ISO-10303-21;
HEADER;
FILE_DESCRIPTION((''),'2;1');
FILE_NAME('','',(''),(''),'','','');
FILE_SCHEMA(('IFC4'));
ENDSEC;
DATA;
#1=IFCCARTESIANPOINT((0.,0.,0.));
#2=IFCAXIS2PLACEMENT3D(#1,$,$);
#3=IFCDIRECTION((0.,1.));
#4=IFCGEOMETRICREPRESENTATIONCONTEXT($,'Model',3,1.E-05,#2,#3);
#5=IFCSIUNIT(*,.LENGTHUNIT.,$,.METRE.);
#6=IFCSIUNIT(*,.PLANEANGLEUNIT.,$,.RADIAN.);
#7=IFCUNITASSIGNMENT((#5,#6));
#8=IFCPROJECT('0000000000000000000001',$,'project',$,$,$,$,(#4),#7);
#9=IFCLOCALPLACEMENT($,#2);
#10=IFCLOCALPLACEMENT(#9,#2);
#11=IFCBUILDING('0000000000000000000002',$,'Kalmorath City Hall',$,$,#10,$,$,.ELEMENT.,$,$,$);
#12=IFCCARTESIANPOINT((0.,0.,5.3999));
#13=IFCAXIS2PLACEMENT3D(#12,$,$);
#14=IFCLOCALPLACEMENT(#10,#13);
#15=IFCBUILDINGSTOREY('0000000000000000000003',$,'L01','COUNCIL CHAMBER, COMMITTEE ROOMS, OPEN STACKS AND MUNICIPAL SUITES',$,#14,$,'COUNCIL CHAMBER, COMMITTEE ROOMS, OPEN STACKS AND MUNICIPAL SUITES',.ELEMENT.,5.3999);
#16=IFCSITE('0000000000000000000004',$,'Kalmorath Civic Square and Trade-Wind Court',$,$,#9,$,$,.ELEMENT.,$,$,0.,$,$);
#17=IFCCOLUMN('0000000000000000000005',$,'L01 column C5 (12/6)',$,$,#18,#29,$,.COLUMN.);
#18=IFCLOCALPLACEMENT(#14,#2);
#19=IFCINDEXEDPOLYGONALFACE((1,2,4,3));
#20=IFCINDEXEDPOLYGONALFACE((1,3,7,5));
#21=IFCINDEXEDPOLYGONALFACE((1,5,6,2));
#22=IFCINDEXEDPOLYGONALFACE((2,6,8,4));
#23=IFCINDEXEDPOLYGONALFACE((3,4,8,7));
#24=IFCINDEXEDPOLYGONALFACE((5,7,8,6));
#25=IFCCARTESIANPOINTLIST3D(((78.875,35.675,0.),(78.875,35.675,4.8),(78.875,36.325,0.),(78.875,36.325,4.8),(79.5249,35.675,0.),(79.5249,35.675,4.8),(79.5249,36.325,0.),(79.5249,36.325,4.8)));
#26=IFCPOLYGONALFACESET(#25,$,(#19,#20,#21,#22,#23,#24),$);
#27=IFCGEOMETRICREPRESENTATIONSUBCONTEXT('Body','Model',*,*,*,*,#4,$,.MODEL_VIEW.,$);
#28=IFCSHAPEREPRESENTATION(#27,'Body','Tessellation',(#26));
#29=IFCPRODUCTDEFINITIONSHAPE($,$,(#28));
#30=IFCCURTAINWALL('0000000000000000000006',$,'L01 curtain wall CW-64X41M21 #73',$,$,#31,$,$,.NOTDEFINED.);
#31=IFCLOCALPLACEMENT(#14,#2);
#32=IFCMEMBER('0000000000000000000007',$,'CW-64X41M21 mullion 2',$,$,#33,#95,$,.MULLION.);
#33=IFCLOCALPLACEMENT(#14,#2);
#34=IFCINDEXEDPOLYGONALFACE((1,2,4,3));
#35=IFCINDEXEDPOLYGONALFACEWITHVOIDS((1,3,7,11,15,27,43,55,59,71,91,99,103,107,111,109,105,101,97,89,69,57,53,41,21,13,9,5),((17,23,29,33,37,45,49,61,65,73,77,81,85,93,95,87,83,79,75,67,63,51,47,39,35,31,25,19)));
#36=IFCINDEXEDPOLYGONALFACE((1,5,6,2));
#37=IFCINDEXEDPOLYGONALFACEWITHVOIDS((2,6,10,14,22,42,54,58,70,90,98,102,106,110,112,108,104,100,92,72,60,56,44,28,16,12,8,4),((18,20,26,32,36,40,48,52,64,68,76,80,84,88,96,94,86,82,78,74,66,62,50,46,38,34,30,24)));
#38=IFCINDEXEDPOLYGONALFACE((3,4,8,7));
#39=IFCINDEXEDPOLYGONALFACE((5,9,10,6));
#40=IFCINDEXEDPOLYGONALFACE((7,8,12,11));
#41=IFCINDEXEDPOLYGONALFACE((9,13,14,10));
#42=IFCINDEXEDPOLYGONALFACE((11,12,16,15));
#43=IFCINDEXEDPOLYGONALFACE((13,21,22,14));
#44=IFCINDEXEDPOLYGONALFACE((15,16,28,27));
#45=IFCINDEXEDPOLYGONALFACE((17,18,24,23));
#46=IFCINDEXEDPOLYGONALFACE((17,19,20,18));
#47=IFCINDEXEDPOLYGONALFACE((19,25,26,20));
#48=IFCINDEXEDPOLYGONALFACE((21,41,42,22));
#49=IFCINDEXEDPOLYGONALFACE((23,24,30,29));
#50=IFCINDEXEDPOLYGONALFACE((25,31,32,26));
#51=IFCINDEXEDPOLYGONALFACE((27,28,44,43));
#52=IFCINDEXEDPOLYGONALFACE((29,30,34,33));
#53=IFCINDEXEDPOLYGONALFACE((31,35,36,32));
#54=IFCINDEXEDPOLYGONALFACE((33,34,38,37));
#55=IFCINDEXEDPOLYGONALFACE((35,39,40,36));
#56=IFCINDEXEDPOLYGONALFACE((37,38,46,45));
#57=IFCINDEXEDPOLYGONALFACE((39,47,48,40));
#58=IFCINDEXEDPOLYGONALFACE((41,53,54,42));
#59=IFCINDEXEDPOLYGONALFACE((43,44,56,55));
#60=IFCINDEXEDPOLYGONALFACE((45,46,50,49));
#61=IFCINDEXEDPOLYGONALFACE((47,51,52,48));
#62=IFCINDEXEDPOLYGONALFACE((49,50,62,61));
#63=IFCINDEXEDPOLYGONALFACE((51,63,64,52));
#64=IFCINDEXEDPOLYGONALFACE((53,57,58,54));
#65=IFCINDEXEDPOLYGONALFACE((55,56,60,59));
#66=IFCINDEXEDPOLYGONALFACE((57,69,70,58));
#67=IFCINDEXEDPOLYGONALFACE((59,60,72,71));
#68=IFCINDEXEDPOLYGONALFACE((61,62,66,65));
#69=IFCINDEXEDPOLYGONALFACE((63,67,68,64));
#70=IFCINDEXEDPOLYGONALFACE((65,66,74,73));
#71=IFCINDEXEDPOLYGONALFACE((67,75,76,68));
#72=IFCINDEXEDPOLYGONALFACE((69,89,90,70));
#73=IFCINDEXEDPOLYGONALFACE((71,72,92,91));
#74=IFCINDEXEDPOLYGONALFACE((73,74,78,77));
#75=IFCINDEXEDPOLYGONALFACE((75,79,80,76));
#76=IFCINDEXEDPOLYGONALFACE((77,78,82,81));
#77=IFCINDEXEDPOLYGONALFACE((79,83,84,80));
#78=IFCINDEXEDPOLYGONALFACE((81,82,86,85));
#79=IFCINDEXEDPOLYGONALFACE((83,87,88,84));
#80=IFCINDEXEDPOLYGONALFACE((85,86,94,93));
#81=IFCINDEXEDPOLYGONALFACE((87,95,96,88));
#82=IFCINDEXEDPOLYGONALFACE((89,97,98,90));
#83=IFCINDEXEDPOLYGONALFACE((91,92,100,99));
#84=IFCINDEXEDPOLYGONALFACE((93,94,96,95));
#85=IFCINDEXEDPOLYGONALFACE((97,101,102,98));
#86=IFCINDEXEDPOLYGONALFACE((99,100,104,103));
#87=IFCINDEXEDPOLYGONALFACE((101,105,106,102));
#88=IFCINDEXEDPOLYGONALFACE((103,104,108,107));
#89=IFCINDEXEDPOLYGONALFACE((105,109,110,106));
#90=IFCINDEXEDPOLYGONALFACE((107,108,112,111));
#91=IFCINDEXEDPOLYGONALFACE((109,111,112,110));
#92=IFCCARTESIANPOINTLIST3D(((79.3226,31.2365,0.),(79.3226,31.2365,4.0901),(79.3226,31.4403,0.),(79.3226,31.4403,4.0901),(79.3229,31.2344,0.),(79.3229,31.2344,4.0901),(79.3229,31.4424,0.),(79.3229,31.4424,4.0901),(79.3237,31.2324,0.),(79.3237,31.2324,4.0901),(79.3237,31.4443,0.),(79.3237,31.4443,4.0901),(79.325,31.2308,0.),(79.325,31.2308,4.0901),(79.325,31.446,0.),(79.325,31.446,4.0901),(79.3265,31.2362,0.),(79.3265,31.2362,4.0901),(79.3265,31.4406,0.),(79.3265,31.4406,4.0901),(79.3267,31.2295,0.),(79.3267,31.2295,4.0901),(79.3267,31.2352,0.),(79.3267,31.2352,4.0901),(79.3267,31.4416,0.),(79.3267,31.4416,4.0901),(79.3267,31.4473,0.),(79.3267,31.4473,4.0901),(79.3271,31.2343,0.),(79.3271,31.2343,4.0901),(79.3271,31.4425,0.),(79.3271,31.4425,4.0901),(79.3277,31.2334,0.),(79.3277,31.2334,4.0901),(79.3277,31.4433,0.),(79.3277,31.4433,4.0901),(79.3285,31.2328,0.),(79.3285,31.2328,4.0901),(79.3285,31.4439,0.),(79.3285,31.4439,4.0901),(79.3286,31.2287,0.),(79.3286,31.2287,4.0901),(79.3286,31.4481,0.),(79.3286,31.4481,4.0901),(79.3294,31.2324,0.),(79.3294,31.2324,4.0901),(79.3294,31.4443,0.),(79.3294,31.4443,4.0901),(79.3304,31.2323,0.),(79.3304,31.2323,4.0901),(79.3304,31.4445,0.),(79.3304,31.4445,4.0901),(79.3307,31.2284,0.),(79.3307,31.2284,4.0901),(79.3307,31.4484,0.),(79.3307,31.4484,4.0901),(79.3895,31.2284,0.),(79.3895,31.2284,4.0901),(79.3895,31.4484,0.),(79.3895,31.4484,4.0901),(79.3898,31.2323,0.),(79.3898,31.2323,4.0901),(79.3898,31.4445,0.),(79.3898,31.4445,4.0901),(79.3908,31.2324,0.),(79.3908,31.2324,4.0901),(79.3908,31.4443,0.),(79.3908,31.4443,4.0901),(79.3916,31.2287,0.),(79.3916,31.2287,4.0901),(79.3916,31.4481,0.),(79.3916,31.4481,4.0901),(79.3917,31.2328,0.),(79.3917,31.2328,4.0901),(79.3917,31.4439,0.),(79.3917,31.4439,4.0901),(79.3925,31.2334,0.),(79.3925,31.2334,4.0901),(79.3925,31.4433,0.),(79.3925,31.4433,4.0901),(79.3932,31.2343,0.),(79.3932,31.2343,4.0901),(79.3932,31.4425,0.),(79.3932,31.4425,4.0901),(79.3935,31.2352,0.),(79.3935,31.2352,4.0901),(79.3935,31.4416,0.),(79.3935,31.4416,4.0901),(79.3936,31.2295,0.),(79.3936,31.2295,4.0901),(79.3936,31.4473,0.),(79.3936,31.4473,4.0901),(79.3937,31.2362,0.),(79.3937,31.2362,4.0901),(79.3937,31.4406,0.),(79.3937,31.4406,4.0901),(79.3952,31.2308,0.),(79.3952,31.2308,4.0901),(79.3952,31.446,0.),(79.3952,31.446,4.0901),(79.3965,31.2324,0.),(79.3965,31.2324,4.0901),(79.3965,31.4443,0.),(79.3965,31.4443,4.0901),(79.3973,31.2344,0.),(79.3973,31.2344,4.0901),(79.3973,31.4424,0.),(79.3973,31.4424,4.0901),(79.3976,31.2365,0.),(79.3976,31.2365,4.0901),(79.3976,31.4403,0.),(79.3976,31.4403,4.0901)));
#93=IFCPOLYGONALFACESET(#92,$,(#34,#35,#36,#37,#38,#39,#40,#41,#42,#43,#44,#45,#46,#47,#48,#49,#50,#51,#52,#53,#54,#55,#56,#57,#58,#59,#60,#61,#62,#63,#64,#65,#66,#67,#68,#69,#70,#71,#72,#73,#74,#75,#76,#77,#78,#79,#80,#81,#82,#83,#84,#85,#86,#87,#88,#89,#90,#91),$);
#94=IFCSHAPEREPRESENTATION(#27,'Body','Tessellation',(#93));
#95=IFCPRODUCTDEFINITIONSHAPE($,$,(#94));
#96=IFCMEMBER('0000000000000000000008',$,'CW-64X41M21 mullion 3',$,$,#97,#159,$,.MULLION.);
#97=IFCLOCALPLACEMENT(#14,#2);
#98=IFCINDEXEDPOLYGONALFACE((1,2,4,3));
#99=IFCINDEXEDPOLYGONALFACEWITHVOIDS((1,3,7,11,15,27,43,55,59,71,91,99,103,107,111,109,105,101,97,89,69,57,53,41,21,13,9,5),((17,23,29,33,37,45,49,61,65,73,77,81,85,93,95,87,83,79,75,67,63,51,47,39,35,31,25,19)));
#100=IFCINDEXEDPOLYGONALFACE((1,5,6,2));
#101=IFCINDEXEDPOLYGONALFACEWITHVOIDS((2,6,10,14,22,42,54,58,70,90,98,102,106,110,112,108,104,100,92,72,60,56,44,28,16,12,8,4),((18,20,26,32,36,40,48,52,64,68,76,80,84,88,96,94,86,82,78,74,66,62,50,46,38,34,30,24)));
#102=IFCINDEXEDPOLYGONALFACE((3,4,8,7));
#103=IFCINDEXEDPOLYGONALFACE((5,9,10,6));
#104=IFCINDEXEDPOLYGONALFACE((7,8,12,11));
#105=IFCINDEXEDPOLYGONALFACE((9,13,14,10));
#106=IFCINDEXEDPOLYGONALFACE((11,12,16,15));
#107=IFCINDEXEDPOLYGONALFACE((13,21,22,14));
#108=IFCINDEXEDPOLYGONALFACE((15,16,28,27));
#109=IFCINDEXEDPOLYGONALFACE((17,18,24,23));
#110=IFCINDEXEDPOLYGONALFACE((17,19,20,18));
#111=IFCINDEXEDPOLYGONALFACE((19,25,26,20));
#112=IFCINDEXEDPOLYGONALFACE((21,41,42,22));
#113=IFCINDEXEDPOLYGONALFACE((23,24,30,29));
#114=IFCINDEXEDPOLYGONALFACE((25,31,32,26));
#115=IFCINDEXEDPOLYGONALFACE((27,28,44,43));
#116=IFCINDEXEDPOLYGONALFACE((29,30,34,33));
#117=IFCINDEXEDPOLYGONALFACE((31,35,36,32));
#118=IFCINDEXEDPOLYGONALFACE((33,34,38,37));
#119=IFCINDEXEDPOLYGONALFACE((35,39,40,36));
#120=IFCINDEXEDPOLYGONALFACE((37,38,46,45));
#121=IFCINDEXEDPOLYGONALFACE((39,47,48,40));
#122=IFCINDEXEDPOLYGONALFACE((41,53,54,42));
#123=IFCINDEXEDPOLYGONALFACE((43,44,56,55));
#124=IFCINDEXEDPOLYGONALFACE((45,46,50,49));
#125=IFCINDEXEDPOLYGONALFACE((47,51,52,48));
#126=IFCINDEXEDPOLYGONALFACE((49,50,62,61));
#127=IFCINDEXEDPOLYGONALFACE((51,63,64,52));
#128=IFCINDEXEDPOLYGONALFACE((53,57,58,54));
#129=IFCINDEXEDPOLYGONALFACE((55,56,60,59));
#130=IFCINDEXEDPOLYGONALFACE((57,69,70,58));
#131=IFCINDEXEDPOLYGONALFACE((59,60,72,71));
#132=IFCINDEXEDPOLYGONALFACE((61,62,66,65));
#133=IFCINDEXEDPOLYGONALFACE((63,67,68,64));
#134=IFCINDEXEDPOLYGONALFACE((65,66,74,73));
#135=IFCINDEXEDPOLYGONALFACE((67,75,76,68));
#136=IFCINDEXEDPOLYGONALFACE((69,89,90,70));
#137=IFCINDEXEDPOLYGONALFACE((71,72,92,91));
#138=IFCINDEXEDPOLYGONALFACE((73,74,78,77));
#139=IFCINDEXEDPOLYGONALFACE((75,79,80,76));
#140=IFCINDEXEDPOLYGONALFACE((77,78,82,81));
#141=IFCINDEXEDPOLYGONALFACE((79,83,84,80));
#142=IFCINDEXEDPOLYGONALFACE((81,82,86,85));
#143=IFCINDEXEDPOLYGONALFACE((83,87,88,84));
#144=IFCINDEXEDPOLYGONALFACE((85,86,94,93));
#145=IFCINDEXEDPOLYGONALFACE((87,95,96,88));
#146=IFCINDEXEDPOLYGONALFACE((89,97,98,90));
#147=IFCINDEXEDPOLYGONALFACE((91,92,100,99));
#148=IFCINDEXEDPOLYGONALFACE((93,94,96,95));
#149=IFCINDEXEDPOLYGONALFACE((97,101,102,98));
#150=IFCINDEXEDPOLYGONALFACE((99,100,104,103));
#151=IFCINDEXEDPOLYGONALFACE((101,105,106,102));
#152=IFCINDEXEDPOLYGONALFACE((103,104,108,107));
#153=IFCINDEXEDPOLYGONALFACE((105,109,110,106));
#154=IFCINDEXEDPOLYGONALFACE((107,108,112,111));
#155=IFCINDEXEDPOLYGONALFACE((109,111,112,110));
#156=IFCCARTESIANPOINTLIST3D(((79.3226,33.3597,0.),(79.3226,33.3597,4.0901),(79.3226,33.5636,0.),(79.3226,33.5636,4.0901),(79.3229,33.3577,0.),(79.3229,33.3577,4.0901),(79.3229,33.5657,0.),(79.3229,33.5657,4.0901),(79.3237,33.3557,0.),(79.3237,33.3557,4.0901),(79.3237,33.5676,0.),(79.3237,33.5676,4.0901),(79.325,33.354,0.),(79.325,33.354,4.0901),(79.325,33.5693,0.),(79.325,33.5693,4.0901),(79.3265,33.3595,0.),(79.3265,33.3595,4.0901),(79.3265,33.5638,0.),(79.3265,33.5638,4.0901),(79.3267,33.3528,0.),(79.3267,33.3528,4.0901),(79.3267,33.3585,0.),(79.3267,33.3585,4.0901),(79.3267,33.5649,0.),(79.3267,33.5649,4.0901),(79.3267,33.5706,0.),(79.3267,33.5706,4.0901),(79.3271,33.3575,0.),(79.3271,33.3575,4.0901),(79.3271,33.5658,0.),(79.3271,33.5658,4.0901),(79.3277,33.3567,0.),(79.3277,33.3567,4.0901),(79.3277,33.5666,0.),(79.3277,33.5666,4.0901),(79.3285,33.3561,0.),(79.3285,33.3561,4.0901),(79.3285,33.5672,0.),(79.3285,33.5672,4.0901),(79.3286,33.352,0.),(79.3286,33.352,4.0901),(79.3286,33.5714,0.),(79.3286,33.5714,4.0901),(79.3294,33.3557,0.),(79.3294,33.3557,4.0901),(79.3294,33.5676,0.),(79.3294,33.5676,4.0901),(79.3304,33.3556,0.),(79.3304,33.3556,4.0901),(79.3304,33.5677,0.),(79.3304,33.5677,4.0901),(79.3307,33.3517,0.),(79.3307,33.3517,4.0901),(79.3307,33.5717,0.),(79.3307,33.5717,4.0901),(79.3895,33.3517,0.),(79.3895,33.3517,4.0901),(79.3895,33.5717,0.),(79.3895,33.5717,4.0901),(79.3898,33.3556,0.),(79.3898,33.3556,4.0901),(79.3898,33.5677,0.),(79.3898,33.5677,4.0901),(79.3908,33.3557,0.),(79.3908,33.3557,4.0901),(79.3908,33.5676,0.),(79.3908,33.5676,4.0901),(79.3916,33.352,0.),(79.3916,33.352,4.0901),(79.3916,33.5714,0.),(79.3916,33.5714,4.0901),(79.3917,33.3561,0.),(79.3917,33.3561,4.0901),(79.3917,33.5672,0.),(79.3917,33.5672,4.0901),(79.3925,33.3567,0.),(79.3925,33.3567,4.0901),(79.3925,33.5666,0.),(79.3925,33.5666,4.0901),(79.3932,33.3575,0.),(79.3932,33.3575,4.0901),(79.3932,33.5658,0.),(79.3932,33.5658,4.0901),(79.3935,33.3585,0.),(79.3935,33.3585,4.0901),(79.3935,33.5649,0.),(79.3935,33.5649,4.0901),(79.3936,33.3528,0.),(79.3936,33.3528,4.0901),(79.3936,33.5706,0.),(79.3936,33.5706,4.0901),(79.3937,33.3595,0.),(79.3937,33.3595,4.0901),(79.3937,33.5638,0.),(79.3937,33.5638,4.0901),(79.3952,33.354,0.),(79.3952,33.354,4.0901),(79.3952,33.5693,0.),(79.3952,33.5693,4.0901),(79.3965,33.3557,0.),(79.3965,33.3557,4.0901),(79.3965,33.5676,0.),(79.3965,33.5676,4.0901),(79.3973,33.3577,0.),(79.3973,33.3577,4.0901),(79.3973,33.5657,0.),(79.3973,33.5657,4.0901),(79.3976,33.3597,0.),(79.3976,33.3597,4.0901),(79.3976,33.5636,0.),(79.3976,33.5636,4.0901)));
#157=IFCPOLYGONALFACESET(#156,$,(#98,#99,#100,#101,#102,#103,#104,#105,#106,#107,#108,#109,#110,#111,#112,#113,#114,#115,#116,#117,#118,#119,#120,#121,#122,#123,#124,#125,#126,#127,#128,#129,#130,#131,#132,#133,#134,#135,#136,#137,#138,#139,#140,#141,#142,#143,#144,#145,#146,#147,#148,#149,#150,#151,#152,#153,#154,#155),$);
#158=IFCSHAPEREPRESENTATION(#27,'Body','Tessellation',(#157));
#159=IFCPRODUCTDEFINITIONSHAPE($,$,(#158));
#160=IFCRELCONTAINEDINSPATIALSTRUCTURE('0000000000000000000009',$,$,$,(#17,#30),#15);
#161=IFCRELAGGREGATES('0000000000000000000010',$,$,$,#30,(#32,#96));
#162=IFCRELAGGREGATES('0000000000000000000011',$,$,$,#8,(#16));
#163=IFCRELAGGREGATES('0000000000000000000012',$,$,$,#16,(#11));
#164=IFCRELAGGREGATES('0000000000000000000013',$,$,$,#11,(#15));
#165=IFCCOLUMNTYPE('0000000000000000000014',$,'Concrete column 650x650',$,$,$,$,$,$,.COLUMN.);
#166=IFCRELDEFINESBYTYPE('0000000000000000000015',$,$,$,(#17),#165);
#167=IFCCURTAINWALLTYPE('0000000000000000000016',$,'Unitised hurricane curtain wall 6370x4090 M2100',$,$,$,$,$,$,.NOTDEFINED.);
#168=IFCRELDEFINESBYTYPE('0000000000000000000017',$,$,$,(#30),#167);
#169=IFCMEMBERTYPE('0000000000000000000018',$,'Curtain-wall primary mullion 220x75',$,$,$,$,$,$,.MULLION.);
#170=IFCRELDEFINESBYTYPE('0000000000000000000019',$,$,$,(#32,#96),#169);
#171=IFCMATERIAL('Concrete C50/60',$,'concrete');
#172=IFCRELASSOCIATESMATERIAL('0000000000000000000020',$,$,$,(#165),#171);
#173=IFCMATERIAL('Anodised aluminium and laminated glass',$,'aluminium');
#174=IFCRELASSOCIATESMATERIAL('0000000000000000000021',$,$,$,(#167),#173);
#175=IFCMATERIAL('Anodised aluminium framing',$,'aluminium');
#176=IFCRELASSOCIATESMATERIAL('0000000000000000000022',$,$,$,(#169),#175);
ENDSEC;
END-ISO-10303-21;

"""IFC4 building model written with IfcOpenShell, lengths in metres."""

from ifc_helpers import new_model, si_unit, direction, frame, origin, origin_2d, place, context, subcontext, project, spatial, rectangle, hollow_rectangle, extrude, material, material_profile, profile_set, type_object, element, aggregate, save


model = new_model("IFC4")

# Units and contexts
model_context = context("Model", 3, precision=1e-05, world=origin(), true_north=direction((0.0, 1.0)))
body_context = subcontext(model_context, "Body", "Model", "MODEL_VIEW")
ifc_project = project(units=[si_unit("LENGTHUNIT", "METRE"), si_unit("PLANEANGLEUNIT", "RADIAN")], contexts=[model_context])

# Site, building, storey
site_placement = place(None, origin())
site = spatial("IfcSite", under=ifc_project, at=site_placement, Name="Kalmorath Civic Square and Trade-Wind Court", CompositionType="ELEMENT", RefElevation=0.0)
building_placement = place(site_placement, origin())
building = spatial("IfcBuilding", under=site, at=building_placement, Name="Kalmorath City Hall", CompositionType="ELEMENT")
storey_placement = place(building_placement, frame((0.0, 0.0, 5.3999)))
storey = spatial("IfcBuildingStorey", under=building, at=storey_placement, Name="L01", Description="COUNCIL CHAMBER, COMMITTEE ROOMS, OPEN STACKS AND MUNICIPAL SUITES", LongName="COUNCIL CHAMBER, COMMITTEE ROOMS, OPEN STACKS AND MUNICIPAL SUITES", CompositionType="ELEMENT", Elevation=5.3999)

# Column
ifc_material_1 = material(Name="Concrete C50/60", Category="concrete")
ifc_material_profile_1 = material_profile(ifc_material_1, rectangle(XDim=0.6499, YDim=0.6499, at=origin_2d()), Name="RC-COL-650X650")
ifc_profile_set_1 = profile_set([ifc_material_profile_1], Name="Concrete C50/60")
column_type = type_object("IfcColumnType", Name="Concrete column 650x650", PredefinedType="COLUMN", material=ifc_profile_set_1)
column_placement = place(storey_placement, frame((79.2, 36.0, 0.0), z_axis=(0.0, 0.0, 1.0), x_axis=(1.0, 0.0, 0.0)))
element("IfcColumn", 1, at=column_placement, inside=storey, type_object=column_type, Name="L01 column C5 (12/6)", PredefinedType="COLUMN", context=body_context, shape_type="SweptSolid", body=[
    extrude(rectangle(XDim=0.6499, YDim=0.6499, at=origin_2d()), origin(), (0.0, 0.0, 1.0), 4.8),
])

# Curtain wall, members
ifc_material_2 = material(Name="Anodised aluminium and laminated glass", Category="aluminium")
curtain_wall_type_1 = type_object("IfcCurtainWallType", Name="Unitised hurricane curtain wall 6370x4090 M2100", PredefinedType="NOTDEFINED", material=ifc_material_2)
curtain_wall_1_placement = place(storey_placement, origin())
curtain_wall_1 = element("IfcCurtainWall", 2, at=curtain_wall_1_placement, inside=storey, type_object=curtain_wall_type_1, Name="L01 curtain wall CW-64X41M21 #73", PredefinedType="NOTDEFINED")
ifc_material_3 = material(Name="Anodised aluminium framing", Category="aluminium")
ifc_material_profile_2 = material_profile(ifc_material_3, hollow_rectangle(XDim=0.075, YDim=0.22, WallThickness=0.0039, InnerFilletRadius=0.0039, OuterFilletRadius=0.0081, at=origin_2d()), Name="ALU-MUL-220X75X4")
ifc_profile_set_2 = profile_set([ifc_material_profile_2], Name="Anodised aluminium framing")
member_type_1 = type_object("IfcMemberType", Name="Curtain-wall primary mullion 220x75", PredefinedType="MULLION", material=ifc_profile_set_2)
member_1_placement = place(storey_placement, frame((79.3601, 31.3384, 0.0), z_axis=(0.0, 0.0, 1.0), x_axis=(-1.0, 0.0, 0.0)))
member_1 = element("IfcMember", 3, at=member_1_placement, type_object=member_type_1, Name="CW-64X41M21 mullion 2", PredefinedType="MULLION", context=body_context, shape_type="SweptSolid", body=[
    extrude(hollow_rectangle(XDim=0.075, YDim=0.22, WallThickness=0.0039, InnerFilletRadius=0.0039, OuterFilletRadius=0.0081, at=origin_2d()), origin(), (0.0, 0.0, 1.0), 4.0901),
])
member_2_placement = place(storey_placement, frame((79.3601, 33.4617, 0.0), z_axis=(0.0, 0.0, 1.0), x_axis=(-1.0, 0.0, 0.0)))
member_2 = element("IfcMember", 4, at=member_2_placement, type_object=member_type_1, Name="CW-64X41M21 mullion 3", PredefinedType="MULLION", context=body_context, shape_type="SweptSolid", body=[
    extrude(hollow_rectangle(XDim=0.075, YDim=0.22, WallThickness=0.0039, InnerFilletRadius=0.0039, OuterFilletRadius=0.0081, at=origin_2d()), origin(), (0.0, 0.0, 1.0), 4.0901),
])

aggregate(curtain_wall_1, [member_1, member_2])

save(model, "model.ifc")
